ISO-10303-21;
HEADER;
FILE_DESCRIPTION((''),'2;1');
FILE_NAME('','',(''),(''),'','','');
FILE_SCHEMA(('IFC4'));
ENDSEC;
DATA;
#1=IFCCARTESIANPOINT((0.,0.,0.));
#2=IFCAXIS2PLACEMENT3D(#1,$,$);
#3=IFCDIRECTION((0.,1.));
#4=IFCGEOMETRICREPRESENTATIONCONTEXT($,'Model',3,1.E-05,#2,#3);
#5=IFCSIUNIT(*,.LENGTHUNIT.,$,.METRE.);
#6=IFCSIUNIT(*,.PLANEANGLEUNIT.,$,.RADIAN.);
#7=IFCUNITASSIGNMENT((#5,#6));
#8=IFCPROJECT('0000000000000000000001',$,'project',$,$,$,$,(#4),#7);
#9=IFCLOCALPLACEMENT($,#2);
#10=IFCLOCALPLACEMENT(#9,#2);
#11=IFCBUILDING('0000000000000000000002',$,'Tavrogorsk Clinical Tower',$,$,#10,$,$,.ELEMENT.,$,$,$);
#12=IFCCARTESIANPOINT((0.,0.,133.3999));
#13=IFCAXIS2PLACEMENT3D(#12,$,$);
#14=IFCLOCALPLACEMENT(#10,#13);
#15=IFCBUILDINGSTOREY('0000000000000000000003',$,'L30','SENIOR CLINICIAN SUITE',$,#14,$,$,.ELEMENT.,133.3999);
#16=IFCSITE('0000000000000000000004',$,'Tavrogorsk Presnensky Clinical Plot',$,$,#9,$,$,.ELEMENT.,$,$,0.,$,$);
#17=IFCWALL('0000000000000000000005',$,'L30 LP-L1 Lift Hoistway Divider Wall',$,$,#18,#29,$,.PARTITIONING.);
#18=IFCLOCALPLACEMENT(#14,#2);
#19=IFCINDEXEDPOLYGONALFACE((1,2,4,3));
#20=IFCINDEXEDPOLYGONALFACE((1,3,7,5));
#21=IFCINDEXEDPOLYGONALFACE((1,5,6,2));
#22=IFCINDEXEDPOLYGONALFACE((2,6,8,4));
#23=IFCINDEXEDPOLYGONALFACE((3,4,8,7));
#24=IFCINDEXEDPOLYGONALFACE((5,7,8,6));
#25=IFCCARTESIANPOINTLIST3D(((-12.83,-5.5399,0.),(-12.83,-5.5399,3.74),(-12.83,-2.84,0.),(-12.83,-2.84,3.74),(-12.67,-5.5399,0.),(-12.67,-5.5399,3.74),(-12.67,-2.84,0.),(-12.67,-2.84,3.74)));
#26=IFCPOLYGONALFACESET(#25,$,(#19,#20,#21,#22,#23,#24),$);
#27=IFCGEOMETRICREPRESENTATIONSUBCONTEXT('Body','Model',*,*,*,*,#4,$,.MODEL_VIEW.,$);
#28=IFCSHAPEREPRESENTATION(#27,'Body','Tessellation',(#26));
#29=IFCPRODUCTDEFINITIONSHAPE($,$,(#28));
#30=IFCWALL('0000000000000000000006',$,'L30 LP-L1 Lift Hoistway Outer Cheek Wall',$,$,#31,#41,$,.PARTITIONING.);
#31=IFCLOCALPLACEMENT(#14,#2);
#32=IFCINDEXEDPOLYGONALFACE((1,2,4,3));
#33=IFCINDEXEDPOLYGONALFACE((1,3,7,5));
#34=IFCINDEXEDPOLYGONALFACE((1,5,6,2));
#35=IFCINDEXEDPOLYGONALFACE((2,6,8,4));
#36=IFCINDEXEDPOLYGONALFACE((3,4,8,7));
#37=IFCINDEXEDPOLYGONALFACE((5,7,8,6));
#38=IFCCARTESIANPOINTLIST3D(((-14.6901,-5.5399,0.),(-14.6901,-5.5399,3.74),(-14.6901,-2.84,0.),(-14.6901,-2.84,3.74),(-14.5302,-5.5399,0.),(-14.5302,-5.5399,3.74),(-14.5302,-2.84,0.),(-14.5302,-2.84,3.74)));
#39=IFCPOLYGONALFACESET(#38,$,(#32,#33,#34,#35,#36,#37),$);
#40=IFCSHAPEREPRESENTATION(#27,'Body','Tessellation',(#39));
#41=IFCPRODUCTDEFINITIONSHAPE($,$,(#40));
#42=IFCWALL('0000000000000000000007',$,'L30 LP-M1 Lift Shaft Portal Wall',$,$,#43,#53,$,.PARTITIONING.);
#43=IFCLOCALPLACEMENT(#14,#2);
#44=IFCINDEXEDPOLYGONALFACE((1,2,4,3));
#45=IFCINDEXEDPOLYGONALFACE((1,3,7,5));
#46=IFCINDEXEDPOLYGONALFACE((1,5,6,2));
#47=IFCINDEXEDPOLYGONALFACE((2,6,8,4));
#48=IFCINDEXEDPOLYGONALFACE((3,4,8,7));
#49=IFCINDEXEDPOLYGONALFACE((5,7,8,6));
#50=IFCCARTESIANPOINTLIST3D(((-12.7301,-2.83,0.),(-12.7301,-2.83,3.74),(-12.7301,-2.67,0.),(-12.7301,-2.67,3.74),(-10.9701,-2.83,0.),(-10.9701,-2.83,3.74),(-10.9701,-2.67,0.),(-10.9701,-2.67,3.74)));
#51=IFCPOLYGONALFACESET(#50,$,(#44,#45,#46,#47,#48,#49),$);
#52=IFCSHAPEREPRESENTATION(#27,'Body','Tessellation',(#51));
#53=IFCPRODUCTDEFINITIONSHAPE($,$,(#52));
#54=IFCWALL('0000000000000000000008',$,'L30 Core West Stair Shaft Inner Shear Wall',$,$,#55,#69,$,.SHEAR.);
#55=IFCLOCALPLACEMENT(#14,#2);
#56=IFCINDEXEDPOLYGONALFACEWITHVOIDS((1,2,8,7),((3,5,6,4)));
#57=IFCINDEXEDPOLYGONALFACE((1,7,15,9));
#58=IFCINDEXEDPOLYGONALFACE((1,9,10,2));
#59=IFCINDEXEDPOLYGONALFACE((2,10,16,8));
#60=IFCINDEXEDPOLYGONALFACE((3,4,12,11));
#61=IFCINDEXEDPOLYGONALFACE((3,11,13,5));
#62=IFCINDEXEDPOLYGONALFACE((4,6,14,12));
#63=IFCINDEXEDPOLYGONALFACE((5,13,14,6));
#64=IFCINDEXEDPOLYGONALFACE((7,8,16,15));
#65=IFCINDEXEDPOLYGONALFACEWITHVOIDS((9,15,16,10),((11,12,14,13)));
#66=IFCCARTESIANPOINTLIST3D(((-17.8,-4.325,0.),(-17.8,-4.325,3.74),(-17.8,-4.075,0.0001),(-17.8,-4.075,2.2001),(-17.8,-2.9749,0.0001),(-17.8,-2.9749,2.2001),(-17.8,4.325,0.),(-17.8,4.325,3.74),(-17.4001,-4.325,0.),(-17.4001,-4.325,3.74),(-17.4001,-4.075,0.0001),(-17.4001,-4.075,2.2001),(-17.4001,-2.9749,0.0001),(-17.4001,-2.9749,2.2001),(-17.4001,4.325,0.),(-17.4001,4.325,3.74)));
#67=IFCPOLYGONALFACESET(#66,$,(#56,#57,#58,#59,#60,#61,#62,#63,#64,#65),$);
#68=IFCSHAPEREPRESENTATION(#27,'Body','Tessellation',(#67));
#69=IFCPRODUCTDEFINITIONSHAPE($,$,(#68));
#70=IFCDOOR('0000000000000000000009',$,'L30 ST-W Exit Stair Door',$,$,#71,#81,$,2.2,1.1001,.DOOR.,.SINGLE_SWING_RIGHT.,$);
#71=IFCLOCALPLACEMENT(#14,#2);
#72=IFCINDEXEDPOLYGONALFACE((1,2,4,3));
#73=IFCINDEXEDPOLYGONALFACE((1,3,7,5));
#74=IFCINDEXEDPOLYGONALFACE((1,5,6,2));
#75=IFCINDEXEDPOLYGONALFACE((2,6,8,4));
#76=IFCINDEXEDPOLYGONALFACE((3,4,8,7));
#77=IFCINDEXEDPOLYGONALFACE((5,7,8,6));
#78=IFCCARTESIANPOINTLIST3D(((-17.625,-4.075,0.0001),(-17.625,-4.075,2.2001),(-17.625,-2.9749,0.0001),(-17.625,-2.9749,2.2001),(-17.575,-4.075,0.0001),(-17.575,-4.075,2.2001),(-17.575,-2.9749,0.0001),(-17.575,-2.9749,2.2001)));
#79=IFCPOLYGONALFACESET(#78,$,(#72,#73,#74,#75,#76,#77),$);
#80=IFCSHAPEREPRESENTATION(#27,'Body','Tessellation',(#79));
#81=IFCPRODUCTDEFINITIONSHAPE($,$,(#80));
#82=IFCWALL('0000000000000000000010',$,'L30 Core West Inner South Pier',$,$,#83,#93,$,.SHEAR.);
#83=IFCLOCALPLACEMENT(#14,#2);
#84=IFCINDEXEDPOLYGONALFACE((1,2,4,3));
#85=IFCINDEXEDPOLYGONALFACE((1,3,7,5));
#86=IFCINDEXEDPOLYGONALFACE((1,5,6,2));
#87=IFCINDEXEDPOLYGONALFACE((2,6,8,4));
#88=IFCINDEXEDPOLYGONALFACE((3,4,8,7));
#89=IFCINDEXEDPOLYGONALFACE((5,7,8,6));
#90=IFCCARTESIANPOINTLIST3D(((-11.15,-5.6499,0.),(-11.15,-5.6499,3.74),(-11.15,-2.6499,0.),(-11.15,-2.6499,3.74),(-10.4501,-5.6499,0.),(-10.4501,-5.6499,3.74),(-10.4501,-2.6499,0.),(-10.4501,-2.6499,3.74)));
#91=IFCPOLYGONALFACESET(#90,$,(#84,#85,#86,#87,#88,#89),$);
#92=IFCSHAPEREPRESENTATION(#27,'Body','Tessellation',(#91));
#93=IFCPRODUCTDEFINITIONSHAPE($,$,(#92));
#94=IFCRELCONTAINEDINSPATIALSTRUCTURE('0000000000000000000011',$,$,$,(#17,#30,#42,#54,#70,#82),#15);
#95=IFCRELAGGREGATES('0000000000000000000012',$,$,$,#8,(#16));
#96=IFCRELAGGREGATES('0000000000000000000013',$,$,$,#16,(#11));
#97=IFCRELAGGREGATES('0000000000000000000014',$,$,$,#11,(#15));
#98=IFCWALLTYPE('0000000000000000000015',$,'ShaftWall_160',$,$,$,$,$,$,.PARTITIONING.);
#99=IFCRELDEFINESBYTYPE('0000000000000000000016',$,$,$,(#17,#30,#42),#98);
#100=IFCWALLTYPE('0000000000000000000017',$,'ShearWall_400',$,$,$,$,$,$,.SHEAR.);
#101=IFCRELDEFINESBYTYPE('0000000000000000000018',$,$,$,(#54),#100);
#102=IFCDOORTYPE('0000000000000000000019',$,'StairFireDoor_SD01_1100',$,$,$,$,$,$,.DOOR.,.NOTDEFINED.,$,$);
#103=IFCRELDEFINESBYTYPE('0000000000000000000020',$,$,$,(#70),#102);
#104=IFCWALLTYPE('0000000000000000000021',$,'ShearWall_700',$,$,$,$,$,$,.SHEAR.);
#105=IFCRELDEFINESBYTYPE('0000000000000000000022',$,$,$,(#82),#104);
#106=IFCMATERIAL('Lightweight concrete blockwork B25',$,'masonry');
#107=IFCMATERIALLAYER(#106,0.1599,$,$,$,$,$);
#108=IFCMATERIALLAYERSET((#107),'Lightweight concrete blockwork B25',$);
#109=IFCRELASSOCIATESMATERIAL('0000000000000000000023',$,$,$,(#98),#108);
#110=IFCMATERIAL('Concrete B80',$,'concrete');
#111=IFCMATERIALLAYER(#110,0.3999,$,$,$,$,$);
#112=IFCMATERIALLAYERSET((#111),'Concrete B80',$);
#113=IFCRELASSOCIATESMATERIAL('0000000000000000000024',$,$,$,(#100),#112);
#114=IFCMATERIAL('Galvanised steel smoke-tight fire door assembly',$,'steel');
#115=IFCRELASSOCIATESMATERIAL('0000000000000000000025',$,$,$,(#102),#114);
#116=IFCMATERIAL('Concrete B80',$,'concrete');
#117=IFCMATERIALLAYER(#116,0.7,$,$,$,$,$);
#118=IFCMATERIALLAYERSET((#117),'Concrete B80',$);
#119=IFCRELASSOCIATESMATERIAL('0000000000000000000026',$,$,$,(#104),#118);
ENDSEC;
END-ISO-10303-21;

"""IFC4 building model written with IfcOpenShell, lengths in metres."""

from ifc_helpers import new_model, si_unit, direction, frame, frame_2d, origin, place, context, subcontext, project, spatial, rectangle, extrude, material, layer, layer_set, type_object, element, fill, save


model = new_model("IFC4")

# Units and contexts
model_context = context("Model", 3, precision=1e-05, world=origin(), true_north=direction((0.0, 1.0)))
body_context = subcontext(model_context, "Body", "Model", "MODEL_VIEW")
ifc_project = project(units=[si_unit("LENGTHUNIT", "METRE"), si_unit("PLANEANGLEUNIT", "RADIAN")], contexts=[model_context])

# Site, building, storey
site_placement = place(None, origin())
site = spatial("IfcSite", under=ifc_project, at=site_placement, Name="Tavrogorsk Presnensky Clinical Plot", CompositionType="ELEMENT", RefElevation=0.0)
building_placement = place(site_placement, origin())
building = spatial("IfcBuilding", under=site, at=building_placement, Name="Tavrogorsk Clinical Tower", CompositionType="ELEMENT")
storey_placement = place(building_placement, frame((0.0, 0.0, 133.3999)))
storey = spatial("IfcBuildingStorey", under=building, at=storey_placement, Name="L30", Description="SENIOR CLINICIAN SUITE", CompositionType="ELEMENT", Elevation=133.3999)

# Shared definitions
ifc_material_1 = material(Name="Lightweight concrete blockwork B25", Category="masonry")
ifc_layer_1 = layer(ifc_material_1, 0.1599)
ifc_layer_set_1 = layer_set([ifc_layer_1], Name="Lightweight concrete blockwork B25")
wall_type_1 = type_object("IfcWallType", Name="ShaftWall_160", PredefinedType="PARTITIONING", material=ifc_layer_set_1)

# Walls
for number, where, z_axis, x_axis, name in (
    (1, (-12.75, -5.54, 0.0), (0.0, 0.0, 1.0), (0.0, 1.0, 0.0), "L30 LP-L1 Lift Hoistway Divider Wall"),
    (2, (-14.6101, -5.54, 0.0), (0.0, 0.0, 1.0), (0.0, 1.0, 0.0), "L30 LP-L1 Lift Hoistway Outer Cheek Wall"),
):
    element("IfcWall", number, at=place(storey_placement, frame(where, z_axis=z_axis, x_axis=x_axis)), inside=storey, type_object=wall_type_1, Name=name, PredefinedType="PARTITIONING", context=body_context, shape_type="SweptSolid", body=[
        extrude(rectangle(XDim=2.7, YDim=0.1599, at=frame_2d((1.3501, 0.0))), origin(), (0.0, 0.0, 1.0), 3.74),
    ])
wall_1_placement = place(storey_placement, frame((-12.73, -2.75, 0.0), z_axis=(0.0, 0.0, 1.0), x_axis=(1.0, 0.0, 0.0)))
element("IfcWall", 3, at=wall_1_placement, inside=storey, type_object=wall_type_1, Name="L30 LP-M1 Lift Shaft Portal Wall", PredefinedType="PARTITIONING", context=body_context, shape_type="SweptSolid", body=[
    extrude(rectangle(XDim=1.76, YDim=0.1599, at=frame_2d((0.8799, 0.0))), origin(), (0.0, 0.0, 1.0), 3.74),
])

# Wall, opening, door
ifc_material_2 = material(Name="Concrete B80", Category="concrete")
ifc_layer_2 = layer(ifc_material_2, 0.3999)
ifc_layer_set_2 = layer_set([ifc_layer_2], Name="Concrete B80")
wall_type_2 = type_object("IfcWallType", Name="ShearWall_400", PredefinedType="SHEAR", material=ifc_layer_set_2)
wall_2_placement = place(storey_placement, frame((-17.6001, -4.325, 0.0), z_axis=(0.0, 0.0, 1.0), x_axis=(0.0, 1.0, 0.0)))
wall_2 = element("IfcWall", 4, at=wall_2_placement, inside=storey, type_object=wall_type_2, Name="L30 Core West Stair Shaft Inner Shear Wall", PredefinedType="SHEAR", context=body_context, shape_type="SweptSolid", body=[
    extrude(rectangle(XDim=8.6499, YDim=0.3999, at=frame_2d((4.325, 0.0))), origin(), (0.0, 0.0, 1.0), 3.74),
])
opening_1_placement = place(wall_2_placement, frame((0.25, 0.0, 0.0)))
opening_1 = element("IfcOpeningElement", 5, at=opening_1_placement, cuts=wall_2, PredefinedType="OPENING", context=body_context, shape_type="SweptSolid", body=[
    extrude(rectangle(XDim=1.1001, YDim=2.2, at=frame_2d((0.55, 1.1001))), frame((0.0, 0.21, 0.0), z_axis=(0.0, -1.0, 0.0), x_axis=(1.0, 0.0, 0.0)), (0.0, 0.0, 1.0), 0.4199),
])
ifc_material_3 = material(Name="Galvanised steel smoke-tight fire door assembly", Category="steel")
door_type_1 = type_object("IfcDoorType", Name="StairFireDoor_SD01_1100", OperationType="NOTDEFINED", PredefinedType="DOOR", material=ifc_material_3)
door_1_placement = place(opening_1_placement, origin())
door_1 = element("IfcDoor", 6, at=door_1_placement, inside=storey, type_object=door_type_1, Name="L30 ST-W Exit Stair Door", OperationType="SINGLE_SWING_RIGHT", OverallHeight=2.2, OverallWidth=1.1001, PredefinedType="DOOR", context=body_context, shape_type="SweptSolid", body=[
    extrude(rectangle(XDim=1.1001, YDim=2.2, at=frame_2d((0.55, 1.1001))), frame((0.0, 0.0249, 0.0), z_axis=(0.0, -1.0, 0.0), x_axis=(1.0, 0.0, 0.0)), (0.0, 0.0, 1.0), 0.05),
])
fill(opening_1, door_1)

# Wall
ifc_material_4 = material(Name="Concrete B80", Category="concrete")
ifc_layer_3 = layer(ifc_material_4, 0.7)
ifc_layer_set_3 = layer_set([ifc_layer_3], Name="Concrete B80")
wall_type_3 = type_object("IfcWallType", Name="ShearWall_700", PredefinedType="SHEAR", material=ifc_layer_set_3)
wall_3_placement = place(storey_placement, frame((-10.8, -5.6499, 0.0), z_axis=(0.0, 0.0, 1.0), x_axis=(0.0, 1.0, 0.0)))
element("IfcWall", 7, at=wall_3_placement, inside=storey, type_object=wall_type_3, Name="L30 Core West Inner South Pier", PredefinedType="SHEAR", context=body_context, shape_type="SweptSolid", body=[
    extrude(rectangle(XDim=3.0, YDim=0.7, at=frame_2d((1.5, 0.0))), origin(), (0.0, 0.0, 1.0), 3.74),
])

save(model, "model.ifc")
